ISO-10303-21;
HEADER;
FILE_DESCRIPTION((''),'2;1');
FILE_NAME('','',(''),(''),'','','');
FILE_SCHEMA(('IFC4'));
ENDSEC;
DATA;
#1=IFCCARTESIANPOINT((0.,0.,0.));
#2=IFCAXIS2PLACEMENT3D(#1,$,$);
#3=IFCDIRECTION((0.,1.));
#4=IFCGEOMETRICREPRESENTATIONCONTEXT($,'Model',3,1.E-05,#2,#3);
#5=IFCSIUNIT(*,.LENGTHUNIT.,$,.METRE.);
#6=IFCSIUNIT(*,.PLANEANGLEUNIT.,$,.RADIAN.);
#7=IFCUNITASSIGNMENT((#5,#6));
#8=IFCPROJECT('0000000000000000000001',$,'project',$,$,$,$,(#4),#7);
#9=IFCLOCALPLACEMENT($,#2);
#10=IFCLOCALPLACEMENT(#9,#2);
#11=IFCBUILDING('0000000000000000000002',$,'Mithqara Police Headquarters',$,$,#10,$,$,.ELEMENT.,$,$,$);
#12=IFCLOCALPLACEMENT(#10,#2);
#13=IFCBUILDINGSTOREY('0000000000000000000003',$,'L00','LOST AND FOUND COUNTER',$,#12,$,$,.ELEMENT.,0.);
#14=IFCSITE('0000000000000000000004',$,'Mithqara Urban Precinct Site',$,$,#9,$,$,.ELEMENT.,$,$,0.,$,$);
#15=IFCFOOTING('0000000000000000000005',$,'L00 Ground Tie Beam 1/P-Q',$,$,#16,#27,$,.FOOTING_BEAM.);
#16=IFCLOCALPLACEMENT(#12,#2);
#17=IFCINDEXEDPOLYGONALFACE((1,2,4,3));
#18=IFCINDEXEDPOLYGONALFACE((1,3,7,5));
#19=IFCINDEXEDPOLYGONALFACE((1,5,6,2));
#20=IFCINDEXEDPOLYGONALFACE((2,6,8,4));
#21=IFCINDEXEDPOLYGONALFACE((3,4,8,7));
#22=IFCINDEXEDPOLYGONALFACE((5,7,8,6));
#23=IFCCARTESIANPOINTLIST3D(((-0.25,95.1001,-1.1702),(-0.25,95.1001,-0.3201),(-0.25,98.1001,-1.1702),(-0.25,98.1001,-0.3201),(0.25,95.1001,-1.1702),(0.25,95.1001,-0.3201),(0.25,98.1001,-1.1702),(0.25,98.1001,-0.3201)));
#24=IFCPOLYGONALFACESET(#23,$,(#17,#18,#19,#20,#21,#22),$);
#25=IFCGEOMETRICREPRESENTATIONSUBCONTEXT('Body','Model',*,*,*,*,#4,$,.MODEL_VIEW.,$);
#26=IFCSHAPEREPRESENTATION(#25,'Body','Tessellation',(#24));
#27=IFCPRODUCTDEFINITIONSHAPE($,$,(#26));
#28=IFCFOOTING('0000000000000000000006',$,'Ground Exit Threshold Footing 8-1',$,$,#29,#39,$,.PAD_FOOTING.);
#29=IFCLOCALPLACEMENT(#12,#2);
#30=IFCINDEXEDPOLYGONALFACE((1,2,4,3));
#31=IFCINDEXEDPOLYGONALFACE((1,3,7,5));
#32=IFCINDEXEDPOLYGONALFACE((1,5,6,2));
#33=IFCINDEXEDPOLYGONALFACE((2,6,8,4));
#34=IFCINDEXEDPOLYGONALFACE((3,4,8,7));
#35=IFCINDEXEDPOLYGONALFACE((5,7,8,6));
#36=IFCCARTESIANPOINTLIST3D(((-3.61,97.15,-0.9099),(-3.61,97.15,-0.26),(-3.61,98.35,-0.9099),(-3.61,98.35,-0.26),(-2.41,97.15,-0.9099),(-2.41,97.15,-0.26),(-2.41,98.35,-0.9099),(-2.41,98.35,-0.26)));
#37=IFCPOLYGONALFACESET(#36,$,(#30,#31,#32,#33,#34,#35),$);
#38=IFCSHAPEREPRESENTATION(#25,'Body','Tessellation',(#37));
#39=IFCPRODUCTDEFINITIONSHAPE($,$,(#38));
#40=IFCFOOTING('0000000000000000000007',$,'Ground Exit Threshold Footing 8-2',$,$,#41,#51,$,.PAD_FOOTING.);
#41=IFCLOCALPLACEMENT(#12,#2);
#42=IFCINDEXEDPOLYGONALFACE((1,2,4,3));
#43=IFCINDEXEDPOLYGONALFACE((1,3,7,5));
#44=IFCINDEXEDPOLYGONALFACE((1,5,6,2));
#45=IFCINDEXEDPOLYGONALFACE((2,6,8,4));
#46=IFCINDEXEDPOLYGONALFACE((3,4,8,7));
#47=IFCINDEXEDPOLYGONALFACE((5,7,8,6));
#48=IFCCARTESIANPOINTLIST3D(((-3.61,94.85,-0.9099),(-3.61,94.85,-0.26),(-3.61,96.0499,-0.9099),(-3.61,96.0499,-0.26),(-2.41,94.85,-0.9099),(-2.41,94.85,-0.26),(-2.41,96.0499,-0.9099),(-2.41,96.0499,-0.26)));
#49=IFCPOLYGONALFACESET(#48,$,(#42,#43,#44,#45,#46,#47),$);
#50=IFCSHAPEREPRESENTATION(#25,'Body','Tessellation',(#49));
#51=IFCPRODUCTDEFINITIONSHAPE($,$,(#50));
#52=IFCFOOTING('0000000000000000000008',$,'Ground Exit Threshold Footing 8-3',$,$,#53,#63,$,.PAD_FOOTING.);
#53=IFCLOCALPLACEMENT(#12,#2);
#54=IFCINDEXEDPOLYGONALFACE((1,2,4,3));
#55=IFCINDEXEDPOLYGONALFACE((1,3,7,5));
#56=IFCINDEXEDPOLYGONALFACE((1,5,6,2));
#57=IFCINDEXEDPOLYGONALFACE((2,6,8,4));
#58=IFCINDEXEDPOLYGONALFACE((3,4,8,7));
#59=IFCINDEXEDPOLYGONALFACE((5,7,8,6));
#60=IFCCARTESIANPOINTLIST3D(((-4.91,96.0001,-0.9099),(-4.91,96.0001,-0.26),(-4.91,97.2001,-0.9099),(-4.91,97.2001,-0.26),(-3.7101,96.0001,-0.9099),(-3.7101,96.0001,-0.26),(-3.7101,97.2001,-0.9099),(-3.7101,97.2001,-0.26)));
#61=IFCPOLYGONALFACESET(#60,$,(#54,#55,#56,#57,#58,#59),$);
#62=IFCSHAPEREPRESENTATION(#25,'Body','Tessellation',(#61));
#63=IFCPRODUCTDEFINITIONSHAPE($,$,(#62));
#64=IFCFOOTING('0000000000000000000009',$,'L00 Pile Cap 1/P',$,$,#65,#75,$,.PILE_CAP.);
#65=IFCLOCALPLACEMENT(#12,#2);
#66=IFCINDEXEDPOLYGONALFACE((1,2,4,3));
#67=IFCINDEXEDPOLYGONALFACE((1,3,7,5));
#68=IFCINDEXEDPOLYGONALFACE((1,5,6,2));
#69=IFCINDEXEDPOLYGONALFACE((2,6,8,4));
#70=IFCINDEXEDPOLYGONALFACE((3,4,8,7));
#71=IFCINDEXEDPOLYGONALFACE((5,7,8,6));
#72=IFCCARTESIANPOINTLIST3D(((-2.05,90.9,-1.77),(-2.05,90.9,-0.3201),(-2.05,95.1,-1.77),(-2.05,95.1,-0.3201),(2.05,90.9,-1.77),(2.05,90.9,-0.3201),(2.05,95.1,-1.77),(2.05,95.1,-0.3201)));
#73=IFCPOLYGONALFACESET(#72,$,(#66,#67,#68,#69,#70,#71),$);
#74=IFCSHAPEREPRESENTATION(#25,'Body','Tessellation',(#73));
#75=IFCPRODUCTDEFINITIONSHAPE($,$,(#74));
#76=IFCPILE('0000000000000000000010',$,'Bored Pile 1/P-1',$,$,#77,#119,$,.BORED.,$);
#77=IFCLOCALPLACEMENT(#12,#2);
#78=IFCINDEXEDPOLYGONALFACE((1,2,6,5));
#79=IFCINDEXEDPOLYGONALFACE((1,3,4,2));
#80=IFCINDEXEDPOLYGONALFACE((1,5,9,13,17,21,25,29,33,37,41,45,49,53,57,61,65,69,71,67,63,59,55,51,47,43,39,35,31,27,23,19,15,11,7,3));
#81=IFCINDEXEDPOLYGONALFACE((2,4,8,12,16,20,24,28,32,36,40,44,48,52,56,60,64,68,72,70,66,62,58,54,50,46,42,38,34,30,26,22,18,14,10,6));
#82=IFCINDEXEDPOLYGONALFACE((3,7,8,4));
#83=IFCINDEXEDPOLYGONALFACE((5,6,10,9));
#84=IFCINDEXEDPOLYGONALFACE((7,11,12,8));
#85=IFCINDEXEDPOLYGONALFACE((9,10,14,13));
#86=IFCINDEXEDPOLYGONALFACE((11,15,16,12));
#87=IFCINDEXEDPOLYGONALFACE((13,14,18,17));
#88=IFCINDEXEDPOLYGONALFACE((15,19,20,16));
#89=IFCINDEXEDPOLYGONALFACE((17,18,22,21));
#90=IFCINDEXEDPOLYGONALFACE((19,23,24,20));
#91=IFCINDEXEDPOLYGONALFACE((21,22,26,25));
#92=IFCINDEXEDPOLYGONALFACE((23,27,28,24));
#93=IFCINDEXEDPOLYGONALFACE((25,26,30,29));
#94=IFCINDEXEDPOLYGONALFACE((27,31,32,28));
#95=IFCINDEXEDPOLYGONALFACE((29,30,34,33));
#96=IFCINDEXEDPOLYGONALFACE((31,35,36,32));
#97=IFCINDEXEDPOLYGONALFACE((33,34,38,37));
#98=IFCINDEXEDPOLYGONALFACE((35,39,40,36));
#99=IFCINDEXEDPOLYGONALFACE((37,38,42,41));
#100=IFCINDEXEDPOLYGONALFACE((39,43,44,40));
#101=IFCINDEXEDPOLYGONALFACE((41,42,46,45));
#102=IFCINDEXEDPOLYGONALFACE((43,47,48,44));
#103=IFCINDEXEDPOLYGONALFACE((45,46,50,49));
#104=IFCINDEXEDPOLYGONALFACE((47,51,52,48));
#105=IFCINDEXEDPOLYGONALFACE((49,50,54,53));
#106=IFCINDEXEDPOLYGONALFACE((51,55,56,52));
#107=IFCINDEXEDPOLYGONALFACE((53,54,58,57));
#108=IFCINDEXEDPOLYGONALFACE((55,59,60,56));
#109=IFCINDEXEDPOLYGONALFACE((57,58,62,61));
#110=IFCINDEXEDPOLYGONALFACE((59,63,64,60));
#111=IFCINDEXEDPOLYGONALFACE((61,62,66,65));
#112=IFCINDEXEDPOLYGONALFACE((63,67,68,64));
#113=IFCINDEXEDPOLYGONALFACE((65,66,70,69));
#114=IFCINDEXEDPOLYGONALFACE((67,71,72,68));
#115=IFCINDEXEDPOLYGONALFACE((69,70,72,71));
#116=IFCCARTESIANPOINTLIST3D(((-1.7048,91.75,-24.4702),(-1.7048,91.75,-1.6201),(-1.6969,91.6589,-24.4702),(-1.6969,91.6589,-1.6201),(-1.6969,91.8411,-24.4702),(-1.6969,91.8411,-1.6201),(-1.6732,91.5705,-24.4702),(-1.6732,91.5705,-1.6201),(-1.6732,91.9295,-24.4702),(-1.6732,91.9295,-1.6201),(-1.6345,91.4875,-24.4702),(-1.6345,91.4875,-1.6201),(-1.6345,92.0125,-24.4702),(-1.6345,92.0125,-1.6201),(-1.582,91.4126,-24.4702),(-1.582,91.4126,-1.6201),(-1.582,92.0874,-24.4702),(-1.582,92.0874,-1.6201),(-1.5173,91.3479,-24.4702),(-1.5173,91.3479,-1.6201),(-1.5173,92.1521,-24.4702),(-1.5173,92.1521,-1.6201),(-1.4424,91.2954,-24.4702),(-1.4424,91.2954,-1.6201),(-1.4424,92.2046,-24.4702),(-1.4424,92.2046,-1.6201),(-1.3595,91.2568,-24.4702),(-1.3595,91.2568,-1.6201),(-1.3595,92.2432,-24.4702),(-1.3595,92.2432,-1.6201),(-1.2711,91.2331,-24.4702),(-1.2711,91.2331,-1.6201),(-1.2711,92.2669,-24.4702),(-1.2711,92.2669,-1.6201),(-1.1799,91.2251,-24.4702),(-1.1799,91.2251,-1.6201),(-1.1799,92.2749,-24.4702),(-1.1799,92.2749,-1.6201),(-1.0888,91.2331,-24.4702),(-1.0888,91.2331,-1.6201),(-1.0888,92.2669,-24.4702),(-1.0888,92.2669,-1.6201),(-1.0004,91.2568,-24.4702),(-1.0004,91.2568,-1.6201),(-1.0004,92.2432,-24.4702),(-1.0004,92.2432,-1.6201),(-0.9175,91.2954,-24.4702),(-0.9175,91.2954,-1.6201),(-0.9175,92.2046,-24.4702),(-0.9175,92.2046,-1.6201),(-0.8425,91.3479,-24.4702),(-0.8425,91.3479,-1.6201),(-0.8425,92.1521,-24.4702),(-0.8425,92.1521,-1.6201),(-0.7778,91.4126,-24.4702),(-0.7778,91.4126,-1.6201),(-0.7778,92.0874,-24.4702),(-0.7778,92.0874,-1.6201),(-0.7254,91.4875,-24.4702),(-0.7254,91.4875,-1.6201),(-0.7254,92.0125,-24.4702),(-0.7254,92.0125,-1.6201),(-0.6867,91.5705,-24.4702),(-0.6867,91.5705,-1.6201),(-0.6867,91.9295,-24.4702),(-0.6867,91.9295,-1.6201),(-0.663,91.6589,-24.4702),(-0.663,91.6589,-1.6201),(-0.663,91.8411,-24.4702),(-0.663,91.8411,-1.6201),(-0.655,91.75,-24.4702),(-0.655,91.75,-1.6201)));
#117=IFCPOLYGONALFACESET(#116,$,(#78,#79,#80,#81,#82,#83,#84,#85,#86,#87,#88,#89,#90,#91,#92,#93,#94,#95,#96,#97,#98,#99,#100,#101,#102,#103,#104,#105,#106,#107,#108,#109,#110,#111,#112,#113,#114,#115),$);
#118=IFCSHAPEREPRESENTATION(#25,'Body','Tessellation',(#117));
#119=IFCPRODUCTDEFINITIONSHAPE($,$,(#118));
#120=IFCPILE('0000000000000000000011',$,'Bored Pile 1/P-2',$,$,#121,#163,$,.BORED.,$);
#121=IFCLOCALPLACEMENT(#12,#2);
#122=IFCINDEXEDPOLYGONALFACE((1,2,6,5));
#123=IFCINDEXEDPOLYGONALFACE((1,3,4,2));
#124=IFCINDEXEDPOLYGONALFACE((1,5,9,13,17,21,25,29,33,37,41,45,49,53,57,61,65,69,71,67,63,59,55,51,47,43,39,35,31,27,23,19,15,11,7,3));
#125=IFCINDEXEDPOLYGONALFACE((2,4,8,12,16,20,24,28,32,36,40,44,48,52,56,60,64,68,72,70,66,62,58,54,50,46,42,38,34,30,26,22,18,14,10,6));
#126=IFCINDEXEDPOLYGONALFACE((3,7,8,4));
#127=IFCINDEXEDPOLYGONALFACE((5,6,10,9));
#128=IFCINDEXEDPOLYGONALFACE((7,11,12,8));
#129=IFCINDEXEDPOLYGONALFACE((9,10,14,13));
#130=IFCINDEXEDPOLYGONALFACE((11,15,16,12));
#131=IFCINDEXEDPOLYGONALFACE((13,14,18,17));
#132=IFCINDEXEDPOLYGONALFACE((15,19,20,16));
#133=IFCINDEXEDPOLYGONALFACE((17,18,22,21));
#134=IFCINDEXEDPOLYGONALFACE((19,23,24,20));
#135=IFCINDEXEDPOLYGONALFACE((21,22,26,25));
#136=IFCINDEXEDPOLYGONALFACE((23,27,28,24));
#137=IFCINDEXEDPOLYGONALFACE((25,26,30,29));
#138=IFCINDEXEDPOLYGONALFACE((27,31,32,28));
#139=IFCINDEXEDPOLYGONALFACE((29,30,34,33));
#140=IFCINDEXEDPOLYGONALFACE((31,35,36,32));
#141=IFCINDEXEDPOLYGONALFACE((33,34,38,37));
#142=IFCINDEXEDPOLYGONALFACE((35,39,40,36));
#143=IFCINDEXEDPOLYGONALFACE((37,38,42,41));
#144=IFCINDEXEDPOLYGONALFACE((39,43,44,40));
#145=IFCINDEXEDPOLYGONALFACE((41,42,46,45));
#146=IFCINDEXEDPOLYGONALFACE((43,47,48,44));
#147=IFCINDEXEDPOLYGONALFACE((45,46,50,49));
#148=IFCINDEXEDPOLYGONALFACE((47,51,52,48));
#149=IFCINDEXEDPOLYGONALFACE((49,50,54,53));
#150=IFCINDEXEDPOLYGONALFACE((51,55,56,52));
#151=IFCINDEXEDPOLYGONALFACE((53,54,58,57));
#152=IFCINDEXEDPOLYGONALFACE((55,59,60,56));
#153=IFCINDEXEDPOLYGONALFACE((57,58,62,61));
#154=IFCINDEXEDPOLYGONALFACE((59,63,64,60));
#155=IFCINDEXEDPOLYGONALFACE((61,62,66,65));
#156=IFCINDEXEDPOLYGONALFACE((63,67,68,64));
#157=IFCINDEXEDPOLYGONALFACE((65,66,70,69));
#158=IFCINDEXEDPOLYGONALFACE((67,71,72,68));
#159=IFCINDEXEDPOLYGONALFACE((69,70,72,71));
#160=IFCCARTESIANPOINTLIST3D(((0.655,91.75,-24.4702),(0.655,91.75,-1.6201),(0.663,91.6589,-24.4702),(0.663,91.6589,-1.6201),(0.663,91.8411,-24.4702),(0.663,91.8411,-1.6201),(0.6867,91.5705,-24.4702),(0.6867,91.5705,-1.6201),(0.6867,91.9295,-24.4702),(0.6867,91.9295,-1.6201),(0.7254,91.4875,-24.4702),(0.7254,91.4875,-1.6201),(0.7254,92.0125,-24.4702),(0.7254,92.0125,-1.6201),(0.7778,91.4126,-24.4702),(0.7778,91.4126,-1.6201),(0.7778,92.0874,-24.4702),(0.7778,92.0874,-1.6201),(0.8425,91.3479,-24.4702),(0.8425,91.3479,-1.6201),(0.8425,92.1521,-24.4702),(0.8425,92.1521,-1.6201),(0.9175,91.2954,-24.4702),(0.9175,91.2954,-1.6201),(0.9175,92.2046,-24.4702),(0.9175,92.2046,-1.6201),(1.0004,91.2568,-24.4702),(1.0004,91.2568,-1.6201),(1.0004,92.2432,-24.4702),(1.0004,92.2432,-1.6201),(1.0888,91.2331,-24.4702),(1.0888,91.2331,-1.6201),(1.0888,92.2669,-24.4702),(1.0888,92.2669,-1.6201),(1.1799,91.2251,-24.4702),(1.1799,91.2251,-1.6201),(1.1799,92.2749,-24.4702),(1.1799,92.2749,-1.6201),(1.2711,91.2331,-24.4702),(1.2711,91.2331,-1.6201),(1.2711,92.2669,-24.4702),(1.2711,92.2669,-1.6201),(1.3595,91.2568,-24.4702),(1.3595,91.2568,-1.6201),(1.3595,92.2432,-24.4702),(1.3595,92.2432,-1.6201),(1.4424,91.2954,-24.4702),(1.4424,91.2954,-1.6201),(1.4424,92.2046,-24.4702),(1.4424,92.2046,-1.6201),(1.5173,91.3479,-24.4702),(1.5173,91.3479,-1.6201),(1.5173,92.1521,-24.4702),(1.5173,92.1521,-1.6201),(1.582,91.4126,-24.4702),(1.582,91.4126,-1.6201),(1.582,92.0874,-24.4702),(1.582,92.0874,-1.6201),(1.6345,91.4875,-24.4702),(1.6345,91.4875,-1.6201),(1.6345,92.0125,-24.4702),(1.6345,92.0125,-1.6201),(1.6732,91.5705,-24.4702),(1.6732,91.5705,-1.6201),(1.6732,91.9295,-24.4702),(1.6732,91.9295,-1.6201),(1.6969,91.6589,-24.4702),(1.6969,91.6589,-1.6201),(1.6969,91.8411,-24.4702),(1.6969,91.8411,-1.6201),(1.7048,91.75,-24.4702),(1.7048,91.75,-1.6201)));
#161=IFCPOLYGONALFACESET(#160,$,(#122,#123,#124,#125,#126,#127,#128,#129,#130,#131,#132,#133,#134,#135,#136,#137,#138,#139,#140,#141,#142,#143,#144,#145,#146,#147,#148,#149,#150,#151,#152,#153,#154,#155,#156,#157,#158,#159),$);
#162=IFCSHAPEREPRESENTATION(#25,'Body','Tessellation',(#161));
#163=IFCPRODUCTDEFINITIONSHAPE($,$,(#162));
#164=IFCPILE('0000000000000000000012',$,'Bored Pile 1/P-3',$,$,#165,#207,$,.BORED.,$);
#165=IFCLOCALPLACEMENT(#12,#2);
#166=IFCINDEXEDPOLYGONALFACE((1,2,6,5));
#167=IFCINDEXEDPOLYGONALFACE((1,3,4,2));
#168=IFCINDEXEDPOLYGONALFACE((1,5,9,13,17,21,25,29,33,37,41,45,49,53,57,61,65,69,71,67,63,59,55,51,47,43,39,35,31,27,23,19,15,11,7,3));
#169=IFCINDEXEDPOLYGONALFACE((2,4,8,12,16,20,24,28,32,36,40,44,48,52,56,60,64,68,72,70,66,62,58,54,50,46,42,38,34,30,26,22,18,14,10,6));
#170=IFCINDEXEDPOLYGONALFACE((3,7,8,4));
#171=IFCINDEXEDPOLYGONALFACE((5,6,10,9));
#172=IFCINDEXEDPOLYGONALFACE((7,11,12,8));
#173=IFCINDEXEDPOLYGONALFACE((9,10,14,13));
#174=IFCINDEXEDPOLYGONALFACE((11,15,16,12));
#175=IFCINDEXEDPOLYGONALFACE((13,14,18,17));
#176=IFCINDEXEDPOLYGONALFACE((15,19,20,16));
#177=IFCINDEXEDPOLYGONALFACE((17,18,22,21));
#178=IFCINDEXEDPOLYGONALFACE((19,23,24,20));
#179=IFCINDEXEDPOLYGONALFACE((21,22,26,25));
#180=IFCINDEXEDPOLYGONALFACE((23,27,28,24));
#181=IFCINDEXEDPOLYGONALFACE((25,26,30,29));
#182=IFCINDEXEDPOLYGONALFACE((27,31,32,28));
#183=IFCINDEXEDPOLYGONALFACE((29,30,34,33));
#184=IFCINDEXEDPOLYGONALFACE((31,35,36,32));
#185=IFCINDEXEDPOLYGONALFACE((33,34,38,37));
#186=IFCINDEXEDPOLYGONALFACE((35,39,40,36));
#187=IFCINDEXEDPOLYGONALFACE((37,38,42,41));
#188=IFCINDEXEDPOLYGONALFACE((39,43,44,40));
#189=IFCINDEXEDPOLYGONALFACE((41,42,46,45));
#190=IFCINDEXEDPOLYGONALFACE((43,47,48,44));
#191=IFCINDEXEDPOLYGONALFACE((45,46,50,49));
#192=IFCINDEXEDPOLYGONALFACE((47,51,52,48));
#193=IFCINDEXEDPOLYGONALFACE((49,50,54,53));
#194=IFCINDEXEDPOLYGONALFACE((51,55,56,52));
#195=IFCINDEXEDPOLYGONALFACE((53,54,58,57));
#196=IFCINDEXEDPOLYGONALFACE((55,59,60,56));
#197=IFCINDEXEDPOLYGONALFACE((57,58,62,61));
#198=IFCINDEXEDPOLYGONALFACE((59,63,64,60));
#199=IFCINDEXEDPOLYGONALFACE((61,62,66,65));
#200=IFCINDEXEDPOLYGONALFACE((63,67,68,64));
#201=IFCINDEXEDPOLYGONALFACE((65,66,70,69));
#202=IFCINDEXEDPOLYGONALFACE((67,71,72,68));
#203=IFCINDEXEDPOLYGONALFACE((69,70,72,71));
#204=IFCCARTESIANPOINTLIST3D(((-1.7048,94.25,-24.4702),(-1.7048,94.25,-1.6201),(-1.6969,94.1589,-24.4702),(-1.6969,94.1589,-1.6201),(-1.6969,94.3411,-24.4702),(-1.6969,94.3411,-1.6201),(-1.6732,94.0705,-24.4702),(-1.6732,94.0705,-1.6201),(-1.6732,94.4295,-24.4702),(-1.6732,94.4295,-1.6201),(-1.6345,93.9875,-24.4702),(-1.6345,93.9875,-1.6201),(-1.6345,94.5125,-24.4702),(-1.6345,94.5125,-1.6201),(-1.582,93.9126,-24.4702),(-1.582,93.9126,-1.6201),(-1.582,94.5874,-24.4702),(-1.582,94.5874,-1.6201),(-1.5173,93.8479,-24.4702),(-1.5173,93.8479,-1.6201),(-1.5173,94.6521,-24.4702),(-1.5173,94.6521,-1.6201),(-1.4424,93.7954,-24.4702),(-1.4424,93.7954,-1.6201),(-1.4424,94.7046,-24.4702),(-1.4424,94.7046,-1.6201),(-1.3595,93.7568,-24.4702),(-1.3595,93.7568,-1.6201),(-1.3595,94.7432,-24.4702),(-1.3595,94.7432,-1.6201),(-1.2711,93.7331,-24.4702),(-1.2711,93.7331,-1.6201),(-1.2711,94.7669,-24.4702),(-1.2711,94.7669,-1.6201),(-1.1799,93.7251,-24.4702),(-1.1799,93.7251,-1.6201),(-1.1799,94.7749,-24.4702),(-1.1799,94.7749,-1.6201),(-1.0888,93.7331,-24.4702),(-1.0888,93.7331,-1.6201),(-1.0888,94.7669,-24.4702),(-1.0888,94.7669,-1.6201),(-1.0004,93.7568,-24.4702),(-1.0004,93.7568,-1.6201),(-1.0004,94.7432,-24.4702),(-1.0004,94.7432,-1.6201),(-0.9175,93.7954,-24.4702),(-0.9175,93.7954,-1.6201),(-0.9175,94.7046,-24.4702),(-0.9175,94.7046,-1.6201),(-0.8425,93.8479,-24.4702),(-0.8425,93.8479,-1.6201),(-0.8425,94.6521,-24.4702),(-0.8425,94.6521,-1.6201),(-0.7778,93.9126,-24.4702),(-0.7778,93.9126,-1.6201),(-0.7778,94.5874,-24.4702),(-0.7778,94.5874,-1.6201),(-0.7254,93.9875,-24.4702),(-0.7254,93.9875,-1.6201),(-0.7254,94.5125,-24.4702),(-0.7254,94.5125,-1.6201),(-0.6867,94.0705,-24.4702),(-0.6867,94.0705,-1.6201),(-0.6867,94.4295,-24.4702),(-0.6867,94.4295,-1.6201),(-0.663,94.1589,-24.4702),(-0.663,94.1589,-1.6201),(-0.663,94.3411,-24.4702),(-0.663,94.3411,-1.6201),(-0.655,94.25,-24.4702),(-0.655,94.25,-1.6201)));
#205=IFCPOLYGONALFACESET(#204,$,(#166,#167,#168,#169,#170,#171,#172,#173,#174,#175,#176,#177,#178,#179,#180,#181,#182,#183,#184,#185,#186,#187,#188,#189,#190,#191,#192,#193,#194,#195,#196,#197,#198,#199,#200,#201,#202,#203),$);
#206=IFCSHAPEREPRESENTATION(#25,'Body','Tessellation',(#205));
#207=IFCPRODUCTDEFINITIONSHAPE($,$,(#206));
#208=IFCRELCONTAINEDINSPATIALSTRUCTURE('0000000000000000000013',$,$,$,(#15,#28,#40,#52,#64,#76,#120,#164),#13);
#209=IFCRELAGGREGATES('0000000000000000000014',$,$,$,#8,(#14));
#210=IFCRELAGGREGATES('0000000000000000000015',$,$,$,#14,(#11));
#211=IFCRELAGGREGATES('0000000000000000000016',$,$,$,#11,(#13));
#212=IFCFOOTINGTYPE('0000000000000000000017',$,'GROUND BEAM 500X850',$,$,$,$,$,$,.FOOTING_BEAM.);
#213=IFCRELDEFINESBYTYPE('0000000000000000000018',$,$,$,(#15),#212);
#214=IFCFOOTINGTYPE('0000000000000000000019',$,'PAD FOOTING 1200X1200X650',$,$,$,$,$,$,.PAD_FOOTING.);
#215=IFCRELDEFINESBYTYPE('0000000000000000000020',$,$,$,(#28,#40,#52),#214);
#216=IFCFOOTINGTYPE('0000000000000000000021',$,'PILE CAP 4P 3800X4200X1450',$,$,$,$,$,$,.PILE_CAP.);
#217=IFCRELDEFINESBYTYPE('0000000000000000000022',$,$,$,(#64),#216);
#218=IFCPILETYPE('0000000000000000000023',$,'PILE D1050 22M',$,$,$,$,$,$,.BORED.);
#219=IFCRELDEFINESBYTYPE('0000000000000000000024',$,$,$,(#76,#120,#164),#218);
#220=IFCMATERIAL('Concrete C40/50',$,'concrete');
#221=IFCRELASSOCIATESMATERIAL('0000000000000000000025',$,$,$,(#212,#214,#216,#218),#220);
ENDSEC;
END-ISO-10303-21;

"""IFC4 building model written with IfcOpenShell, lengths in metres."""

from ifc_helpers import new_model, si_unit, direction, frame, origin, origin_2d, place, context, subcontext, project, spatial, rectangle, circle, extrude, material, material_profile, profile_set, type_object, element, save


model = new_model("IFC4")

# Units and contexts
model_context = context("Model", 3, precision=1e-05, world=origin(), true_north=direction((0.0, 1.0)))
body_context = subcontext(model_context, "Body", "Model", "MODEL_VIEW")
ifc_project = project(units=[si_unit("LENGTHUNIT", "METRE"), si_unit("PLANEANGLEUNIT", "RADIAN")], contexts=[model_context])

# Site, building, storey
site_placement = place(None, origin())
site = spatial("IfcSite", under=ifc_project, at=site_placement, Name="Mithqara Urban Precinct Site", CompositionType="ELEMENT", RefElevation=0.0)
building_placement = place(site_placement, origin())
building = spatial("IfcBuilding", under=site, at=building_placement, Name="Mithqara Police Headquarters", CompositionType="ELEMENT")
storey_placement = place(building_placement, origin())
storey = spatial("IfcBuildingStorey", under=building, at=storey_placement, Name="L00", Description="LOST AND FOUND COUNTER", CompositionType="ELEMENT", Elevation=0.0)

# Footings
ifc_material_1 = material(Name="Concrete C40/50", Category="concrete")
footing_type_1 = type_object("IfcFootingType", Name="GROUND BEAM 500X850", PredefinedType="FOOTING_BEAM", material=ifc_material_1)
footing_1_placement = place(storey_placement, frame((0.0, 96.6001, -1.1702), z_axis=(0.0, 0.0, 1.0), x_axis=(1.0, 0.0, 0.0)))
element("IfcFooting", 1, at=footing_1_placement, inside=storey, type_object=footing_type_1, Name="L00 Ground Tie Beam 1/P-Q", PredefinedType="FOOTING_BEAM", context=body_context, shape_type="SweptSolid", body=[
    extrude(rectangle(XDim=0.5, YDim=3.0, at=origin_2d()), origin(), (0.0, 0.0, 1.0), 0.8501),
])
footing_type_2 = type_object("IfcFootingType", Name="PAD FOOTING 1200X1200X650", PredefinedType="PAD_FOOTING", material=ifc_material_1)
for number, where, z_axis, x_axis, name in (
    (2, (-3.01, 97.75, -0.9099), (0.0, 0.0, 1.0), (1.0, 0.0, 0.0), "Ground Exit Threshold Footing 8-1"),
    (3, (-3.01, 95.45, -0.9099), (0.0, 0.0, 1.0), (1.0, 0.0, 0.0), "Ground Exit Threshold Footing 8-2"),
    (4, (-4.3101, 96.6001, -0.9099), (0.0, 0.0, 1.0), (1.0, 0.0, 0.0), "Ground Exit Threshold Footing 8-3"),
):
    element("IfcFooting", number, at=place(storey_placement, frame(where, z_axis=z_axis, x_axis=x_axis)), inside=storey, type_object=footing_type_2, Name=name, PredefinedType="PAD_FOOTING", context=body_context, shape_type="SweptSolid", body=[
        extrude(rectangle(XDim=1.2, YDim=1.2, at=origin_2d()), origin(), (0.0, 0.0, 1.0), 0.6499),
    ])
footing_type_3 = type_object("IfcFootingType", Name="PILE CAP 4P 3800X4200X1450", PredefinedType="PILE_CAP", material=ifc_material_1)
footing_2_placement = place(storey_placement, frame((0.0, 93.0, -1.77), z_axis=(0.0, 0.0, 1.0), x_axis=(1.0, 0.0, 0.0)))
element("IfcFooting", 5, at=footing_2_placement, inside=storey, type_object=footing_type_3, Name="L00 Pile Cap 1/P", PredefinedType="PILE_CAP", context=body_context, shape_type="SweptSolid", body=[
    extrude(rectangle(XDim=4.1001, YDim=4.2, at=origin_2d()), origin(), (0.0, 0.0, 1.0), 1.45),
])

# Piles
ifc_material_profile_1 = material_profile(ifc_material_1, circle(Radius=0.5249, at=origin_2d()), Name="PILE D1050")
ifc_profile_set_1 = profile_set([ifc_material_profile_1], Name="Concrete C40/50")
pile_type = type_object("IfcPileType", Name="PILE D1050 22M", PredefinedType="BORED", material=ifc_profile_set_1)
for number, where, z_axis, x_axis, name in (
    (6, (-1.1799, 91.75, -1.6201), (0.0, 0.0, -1.0), (1.0, 0.0, 0.0), "Bored Pile 1/P-1"),
    (7, (1.1799, 91.75, -1.6201), (0.0, 0.0, -1.0), (1.0, 0.0, 0.0), "Bored Pile 1/P-2"),
    (8, (-1.1799, 94.25, -1.6201), (0.0, 0.0, -1.0), (1.0, 0.0, 0.0), "Bored Pile 1/P-3"),
):
    element("IfcPile", number, at=place(storey_placement, frame(where, z_axis=z_axis, x_axis=x_axis)), inside=storey, type_object=pile_type, Name=name, PredefinedType="BORED", context=body_context, shape_type="SweptSolid", body=[
        extrude(circle(Radius=0.5249, at=origin_2d()), origin(), (0.0, 0.0, 1.0), 22.8501),
    ])

save(model, "model.ifc")
